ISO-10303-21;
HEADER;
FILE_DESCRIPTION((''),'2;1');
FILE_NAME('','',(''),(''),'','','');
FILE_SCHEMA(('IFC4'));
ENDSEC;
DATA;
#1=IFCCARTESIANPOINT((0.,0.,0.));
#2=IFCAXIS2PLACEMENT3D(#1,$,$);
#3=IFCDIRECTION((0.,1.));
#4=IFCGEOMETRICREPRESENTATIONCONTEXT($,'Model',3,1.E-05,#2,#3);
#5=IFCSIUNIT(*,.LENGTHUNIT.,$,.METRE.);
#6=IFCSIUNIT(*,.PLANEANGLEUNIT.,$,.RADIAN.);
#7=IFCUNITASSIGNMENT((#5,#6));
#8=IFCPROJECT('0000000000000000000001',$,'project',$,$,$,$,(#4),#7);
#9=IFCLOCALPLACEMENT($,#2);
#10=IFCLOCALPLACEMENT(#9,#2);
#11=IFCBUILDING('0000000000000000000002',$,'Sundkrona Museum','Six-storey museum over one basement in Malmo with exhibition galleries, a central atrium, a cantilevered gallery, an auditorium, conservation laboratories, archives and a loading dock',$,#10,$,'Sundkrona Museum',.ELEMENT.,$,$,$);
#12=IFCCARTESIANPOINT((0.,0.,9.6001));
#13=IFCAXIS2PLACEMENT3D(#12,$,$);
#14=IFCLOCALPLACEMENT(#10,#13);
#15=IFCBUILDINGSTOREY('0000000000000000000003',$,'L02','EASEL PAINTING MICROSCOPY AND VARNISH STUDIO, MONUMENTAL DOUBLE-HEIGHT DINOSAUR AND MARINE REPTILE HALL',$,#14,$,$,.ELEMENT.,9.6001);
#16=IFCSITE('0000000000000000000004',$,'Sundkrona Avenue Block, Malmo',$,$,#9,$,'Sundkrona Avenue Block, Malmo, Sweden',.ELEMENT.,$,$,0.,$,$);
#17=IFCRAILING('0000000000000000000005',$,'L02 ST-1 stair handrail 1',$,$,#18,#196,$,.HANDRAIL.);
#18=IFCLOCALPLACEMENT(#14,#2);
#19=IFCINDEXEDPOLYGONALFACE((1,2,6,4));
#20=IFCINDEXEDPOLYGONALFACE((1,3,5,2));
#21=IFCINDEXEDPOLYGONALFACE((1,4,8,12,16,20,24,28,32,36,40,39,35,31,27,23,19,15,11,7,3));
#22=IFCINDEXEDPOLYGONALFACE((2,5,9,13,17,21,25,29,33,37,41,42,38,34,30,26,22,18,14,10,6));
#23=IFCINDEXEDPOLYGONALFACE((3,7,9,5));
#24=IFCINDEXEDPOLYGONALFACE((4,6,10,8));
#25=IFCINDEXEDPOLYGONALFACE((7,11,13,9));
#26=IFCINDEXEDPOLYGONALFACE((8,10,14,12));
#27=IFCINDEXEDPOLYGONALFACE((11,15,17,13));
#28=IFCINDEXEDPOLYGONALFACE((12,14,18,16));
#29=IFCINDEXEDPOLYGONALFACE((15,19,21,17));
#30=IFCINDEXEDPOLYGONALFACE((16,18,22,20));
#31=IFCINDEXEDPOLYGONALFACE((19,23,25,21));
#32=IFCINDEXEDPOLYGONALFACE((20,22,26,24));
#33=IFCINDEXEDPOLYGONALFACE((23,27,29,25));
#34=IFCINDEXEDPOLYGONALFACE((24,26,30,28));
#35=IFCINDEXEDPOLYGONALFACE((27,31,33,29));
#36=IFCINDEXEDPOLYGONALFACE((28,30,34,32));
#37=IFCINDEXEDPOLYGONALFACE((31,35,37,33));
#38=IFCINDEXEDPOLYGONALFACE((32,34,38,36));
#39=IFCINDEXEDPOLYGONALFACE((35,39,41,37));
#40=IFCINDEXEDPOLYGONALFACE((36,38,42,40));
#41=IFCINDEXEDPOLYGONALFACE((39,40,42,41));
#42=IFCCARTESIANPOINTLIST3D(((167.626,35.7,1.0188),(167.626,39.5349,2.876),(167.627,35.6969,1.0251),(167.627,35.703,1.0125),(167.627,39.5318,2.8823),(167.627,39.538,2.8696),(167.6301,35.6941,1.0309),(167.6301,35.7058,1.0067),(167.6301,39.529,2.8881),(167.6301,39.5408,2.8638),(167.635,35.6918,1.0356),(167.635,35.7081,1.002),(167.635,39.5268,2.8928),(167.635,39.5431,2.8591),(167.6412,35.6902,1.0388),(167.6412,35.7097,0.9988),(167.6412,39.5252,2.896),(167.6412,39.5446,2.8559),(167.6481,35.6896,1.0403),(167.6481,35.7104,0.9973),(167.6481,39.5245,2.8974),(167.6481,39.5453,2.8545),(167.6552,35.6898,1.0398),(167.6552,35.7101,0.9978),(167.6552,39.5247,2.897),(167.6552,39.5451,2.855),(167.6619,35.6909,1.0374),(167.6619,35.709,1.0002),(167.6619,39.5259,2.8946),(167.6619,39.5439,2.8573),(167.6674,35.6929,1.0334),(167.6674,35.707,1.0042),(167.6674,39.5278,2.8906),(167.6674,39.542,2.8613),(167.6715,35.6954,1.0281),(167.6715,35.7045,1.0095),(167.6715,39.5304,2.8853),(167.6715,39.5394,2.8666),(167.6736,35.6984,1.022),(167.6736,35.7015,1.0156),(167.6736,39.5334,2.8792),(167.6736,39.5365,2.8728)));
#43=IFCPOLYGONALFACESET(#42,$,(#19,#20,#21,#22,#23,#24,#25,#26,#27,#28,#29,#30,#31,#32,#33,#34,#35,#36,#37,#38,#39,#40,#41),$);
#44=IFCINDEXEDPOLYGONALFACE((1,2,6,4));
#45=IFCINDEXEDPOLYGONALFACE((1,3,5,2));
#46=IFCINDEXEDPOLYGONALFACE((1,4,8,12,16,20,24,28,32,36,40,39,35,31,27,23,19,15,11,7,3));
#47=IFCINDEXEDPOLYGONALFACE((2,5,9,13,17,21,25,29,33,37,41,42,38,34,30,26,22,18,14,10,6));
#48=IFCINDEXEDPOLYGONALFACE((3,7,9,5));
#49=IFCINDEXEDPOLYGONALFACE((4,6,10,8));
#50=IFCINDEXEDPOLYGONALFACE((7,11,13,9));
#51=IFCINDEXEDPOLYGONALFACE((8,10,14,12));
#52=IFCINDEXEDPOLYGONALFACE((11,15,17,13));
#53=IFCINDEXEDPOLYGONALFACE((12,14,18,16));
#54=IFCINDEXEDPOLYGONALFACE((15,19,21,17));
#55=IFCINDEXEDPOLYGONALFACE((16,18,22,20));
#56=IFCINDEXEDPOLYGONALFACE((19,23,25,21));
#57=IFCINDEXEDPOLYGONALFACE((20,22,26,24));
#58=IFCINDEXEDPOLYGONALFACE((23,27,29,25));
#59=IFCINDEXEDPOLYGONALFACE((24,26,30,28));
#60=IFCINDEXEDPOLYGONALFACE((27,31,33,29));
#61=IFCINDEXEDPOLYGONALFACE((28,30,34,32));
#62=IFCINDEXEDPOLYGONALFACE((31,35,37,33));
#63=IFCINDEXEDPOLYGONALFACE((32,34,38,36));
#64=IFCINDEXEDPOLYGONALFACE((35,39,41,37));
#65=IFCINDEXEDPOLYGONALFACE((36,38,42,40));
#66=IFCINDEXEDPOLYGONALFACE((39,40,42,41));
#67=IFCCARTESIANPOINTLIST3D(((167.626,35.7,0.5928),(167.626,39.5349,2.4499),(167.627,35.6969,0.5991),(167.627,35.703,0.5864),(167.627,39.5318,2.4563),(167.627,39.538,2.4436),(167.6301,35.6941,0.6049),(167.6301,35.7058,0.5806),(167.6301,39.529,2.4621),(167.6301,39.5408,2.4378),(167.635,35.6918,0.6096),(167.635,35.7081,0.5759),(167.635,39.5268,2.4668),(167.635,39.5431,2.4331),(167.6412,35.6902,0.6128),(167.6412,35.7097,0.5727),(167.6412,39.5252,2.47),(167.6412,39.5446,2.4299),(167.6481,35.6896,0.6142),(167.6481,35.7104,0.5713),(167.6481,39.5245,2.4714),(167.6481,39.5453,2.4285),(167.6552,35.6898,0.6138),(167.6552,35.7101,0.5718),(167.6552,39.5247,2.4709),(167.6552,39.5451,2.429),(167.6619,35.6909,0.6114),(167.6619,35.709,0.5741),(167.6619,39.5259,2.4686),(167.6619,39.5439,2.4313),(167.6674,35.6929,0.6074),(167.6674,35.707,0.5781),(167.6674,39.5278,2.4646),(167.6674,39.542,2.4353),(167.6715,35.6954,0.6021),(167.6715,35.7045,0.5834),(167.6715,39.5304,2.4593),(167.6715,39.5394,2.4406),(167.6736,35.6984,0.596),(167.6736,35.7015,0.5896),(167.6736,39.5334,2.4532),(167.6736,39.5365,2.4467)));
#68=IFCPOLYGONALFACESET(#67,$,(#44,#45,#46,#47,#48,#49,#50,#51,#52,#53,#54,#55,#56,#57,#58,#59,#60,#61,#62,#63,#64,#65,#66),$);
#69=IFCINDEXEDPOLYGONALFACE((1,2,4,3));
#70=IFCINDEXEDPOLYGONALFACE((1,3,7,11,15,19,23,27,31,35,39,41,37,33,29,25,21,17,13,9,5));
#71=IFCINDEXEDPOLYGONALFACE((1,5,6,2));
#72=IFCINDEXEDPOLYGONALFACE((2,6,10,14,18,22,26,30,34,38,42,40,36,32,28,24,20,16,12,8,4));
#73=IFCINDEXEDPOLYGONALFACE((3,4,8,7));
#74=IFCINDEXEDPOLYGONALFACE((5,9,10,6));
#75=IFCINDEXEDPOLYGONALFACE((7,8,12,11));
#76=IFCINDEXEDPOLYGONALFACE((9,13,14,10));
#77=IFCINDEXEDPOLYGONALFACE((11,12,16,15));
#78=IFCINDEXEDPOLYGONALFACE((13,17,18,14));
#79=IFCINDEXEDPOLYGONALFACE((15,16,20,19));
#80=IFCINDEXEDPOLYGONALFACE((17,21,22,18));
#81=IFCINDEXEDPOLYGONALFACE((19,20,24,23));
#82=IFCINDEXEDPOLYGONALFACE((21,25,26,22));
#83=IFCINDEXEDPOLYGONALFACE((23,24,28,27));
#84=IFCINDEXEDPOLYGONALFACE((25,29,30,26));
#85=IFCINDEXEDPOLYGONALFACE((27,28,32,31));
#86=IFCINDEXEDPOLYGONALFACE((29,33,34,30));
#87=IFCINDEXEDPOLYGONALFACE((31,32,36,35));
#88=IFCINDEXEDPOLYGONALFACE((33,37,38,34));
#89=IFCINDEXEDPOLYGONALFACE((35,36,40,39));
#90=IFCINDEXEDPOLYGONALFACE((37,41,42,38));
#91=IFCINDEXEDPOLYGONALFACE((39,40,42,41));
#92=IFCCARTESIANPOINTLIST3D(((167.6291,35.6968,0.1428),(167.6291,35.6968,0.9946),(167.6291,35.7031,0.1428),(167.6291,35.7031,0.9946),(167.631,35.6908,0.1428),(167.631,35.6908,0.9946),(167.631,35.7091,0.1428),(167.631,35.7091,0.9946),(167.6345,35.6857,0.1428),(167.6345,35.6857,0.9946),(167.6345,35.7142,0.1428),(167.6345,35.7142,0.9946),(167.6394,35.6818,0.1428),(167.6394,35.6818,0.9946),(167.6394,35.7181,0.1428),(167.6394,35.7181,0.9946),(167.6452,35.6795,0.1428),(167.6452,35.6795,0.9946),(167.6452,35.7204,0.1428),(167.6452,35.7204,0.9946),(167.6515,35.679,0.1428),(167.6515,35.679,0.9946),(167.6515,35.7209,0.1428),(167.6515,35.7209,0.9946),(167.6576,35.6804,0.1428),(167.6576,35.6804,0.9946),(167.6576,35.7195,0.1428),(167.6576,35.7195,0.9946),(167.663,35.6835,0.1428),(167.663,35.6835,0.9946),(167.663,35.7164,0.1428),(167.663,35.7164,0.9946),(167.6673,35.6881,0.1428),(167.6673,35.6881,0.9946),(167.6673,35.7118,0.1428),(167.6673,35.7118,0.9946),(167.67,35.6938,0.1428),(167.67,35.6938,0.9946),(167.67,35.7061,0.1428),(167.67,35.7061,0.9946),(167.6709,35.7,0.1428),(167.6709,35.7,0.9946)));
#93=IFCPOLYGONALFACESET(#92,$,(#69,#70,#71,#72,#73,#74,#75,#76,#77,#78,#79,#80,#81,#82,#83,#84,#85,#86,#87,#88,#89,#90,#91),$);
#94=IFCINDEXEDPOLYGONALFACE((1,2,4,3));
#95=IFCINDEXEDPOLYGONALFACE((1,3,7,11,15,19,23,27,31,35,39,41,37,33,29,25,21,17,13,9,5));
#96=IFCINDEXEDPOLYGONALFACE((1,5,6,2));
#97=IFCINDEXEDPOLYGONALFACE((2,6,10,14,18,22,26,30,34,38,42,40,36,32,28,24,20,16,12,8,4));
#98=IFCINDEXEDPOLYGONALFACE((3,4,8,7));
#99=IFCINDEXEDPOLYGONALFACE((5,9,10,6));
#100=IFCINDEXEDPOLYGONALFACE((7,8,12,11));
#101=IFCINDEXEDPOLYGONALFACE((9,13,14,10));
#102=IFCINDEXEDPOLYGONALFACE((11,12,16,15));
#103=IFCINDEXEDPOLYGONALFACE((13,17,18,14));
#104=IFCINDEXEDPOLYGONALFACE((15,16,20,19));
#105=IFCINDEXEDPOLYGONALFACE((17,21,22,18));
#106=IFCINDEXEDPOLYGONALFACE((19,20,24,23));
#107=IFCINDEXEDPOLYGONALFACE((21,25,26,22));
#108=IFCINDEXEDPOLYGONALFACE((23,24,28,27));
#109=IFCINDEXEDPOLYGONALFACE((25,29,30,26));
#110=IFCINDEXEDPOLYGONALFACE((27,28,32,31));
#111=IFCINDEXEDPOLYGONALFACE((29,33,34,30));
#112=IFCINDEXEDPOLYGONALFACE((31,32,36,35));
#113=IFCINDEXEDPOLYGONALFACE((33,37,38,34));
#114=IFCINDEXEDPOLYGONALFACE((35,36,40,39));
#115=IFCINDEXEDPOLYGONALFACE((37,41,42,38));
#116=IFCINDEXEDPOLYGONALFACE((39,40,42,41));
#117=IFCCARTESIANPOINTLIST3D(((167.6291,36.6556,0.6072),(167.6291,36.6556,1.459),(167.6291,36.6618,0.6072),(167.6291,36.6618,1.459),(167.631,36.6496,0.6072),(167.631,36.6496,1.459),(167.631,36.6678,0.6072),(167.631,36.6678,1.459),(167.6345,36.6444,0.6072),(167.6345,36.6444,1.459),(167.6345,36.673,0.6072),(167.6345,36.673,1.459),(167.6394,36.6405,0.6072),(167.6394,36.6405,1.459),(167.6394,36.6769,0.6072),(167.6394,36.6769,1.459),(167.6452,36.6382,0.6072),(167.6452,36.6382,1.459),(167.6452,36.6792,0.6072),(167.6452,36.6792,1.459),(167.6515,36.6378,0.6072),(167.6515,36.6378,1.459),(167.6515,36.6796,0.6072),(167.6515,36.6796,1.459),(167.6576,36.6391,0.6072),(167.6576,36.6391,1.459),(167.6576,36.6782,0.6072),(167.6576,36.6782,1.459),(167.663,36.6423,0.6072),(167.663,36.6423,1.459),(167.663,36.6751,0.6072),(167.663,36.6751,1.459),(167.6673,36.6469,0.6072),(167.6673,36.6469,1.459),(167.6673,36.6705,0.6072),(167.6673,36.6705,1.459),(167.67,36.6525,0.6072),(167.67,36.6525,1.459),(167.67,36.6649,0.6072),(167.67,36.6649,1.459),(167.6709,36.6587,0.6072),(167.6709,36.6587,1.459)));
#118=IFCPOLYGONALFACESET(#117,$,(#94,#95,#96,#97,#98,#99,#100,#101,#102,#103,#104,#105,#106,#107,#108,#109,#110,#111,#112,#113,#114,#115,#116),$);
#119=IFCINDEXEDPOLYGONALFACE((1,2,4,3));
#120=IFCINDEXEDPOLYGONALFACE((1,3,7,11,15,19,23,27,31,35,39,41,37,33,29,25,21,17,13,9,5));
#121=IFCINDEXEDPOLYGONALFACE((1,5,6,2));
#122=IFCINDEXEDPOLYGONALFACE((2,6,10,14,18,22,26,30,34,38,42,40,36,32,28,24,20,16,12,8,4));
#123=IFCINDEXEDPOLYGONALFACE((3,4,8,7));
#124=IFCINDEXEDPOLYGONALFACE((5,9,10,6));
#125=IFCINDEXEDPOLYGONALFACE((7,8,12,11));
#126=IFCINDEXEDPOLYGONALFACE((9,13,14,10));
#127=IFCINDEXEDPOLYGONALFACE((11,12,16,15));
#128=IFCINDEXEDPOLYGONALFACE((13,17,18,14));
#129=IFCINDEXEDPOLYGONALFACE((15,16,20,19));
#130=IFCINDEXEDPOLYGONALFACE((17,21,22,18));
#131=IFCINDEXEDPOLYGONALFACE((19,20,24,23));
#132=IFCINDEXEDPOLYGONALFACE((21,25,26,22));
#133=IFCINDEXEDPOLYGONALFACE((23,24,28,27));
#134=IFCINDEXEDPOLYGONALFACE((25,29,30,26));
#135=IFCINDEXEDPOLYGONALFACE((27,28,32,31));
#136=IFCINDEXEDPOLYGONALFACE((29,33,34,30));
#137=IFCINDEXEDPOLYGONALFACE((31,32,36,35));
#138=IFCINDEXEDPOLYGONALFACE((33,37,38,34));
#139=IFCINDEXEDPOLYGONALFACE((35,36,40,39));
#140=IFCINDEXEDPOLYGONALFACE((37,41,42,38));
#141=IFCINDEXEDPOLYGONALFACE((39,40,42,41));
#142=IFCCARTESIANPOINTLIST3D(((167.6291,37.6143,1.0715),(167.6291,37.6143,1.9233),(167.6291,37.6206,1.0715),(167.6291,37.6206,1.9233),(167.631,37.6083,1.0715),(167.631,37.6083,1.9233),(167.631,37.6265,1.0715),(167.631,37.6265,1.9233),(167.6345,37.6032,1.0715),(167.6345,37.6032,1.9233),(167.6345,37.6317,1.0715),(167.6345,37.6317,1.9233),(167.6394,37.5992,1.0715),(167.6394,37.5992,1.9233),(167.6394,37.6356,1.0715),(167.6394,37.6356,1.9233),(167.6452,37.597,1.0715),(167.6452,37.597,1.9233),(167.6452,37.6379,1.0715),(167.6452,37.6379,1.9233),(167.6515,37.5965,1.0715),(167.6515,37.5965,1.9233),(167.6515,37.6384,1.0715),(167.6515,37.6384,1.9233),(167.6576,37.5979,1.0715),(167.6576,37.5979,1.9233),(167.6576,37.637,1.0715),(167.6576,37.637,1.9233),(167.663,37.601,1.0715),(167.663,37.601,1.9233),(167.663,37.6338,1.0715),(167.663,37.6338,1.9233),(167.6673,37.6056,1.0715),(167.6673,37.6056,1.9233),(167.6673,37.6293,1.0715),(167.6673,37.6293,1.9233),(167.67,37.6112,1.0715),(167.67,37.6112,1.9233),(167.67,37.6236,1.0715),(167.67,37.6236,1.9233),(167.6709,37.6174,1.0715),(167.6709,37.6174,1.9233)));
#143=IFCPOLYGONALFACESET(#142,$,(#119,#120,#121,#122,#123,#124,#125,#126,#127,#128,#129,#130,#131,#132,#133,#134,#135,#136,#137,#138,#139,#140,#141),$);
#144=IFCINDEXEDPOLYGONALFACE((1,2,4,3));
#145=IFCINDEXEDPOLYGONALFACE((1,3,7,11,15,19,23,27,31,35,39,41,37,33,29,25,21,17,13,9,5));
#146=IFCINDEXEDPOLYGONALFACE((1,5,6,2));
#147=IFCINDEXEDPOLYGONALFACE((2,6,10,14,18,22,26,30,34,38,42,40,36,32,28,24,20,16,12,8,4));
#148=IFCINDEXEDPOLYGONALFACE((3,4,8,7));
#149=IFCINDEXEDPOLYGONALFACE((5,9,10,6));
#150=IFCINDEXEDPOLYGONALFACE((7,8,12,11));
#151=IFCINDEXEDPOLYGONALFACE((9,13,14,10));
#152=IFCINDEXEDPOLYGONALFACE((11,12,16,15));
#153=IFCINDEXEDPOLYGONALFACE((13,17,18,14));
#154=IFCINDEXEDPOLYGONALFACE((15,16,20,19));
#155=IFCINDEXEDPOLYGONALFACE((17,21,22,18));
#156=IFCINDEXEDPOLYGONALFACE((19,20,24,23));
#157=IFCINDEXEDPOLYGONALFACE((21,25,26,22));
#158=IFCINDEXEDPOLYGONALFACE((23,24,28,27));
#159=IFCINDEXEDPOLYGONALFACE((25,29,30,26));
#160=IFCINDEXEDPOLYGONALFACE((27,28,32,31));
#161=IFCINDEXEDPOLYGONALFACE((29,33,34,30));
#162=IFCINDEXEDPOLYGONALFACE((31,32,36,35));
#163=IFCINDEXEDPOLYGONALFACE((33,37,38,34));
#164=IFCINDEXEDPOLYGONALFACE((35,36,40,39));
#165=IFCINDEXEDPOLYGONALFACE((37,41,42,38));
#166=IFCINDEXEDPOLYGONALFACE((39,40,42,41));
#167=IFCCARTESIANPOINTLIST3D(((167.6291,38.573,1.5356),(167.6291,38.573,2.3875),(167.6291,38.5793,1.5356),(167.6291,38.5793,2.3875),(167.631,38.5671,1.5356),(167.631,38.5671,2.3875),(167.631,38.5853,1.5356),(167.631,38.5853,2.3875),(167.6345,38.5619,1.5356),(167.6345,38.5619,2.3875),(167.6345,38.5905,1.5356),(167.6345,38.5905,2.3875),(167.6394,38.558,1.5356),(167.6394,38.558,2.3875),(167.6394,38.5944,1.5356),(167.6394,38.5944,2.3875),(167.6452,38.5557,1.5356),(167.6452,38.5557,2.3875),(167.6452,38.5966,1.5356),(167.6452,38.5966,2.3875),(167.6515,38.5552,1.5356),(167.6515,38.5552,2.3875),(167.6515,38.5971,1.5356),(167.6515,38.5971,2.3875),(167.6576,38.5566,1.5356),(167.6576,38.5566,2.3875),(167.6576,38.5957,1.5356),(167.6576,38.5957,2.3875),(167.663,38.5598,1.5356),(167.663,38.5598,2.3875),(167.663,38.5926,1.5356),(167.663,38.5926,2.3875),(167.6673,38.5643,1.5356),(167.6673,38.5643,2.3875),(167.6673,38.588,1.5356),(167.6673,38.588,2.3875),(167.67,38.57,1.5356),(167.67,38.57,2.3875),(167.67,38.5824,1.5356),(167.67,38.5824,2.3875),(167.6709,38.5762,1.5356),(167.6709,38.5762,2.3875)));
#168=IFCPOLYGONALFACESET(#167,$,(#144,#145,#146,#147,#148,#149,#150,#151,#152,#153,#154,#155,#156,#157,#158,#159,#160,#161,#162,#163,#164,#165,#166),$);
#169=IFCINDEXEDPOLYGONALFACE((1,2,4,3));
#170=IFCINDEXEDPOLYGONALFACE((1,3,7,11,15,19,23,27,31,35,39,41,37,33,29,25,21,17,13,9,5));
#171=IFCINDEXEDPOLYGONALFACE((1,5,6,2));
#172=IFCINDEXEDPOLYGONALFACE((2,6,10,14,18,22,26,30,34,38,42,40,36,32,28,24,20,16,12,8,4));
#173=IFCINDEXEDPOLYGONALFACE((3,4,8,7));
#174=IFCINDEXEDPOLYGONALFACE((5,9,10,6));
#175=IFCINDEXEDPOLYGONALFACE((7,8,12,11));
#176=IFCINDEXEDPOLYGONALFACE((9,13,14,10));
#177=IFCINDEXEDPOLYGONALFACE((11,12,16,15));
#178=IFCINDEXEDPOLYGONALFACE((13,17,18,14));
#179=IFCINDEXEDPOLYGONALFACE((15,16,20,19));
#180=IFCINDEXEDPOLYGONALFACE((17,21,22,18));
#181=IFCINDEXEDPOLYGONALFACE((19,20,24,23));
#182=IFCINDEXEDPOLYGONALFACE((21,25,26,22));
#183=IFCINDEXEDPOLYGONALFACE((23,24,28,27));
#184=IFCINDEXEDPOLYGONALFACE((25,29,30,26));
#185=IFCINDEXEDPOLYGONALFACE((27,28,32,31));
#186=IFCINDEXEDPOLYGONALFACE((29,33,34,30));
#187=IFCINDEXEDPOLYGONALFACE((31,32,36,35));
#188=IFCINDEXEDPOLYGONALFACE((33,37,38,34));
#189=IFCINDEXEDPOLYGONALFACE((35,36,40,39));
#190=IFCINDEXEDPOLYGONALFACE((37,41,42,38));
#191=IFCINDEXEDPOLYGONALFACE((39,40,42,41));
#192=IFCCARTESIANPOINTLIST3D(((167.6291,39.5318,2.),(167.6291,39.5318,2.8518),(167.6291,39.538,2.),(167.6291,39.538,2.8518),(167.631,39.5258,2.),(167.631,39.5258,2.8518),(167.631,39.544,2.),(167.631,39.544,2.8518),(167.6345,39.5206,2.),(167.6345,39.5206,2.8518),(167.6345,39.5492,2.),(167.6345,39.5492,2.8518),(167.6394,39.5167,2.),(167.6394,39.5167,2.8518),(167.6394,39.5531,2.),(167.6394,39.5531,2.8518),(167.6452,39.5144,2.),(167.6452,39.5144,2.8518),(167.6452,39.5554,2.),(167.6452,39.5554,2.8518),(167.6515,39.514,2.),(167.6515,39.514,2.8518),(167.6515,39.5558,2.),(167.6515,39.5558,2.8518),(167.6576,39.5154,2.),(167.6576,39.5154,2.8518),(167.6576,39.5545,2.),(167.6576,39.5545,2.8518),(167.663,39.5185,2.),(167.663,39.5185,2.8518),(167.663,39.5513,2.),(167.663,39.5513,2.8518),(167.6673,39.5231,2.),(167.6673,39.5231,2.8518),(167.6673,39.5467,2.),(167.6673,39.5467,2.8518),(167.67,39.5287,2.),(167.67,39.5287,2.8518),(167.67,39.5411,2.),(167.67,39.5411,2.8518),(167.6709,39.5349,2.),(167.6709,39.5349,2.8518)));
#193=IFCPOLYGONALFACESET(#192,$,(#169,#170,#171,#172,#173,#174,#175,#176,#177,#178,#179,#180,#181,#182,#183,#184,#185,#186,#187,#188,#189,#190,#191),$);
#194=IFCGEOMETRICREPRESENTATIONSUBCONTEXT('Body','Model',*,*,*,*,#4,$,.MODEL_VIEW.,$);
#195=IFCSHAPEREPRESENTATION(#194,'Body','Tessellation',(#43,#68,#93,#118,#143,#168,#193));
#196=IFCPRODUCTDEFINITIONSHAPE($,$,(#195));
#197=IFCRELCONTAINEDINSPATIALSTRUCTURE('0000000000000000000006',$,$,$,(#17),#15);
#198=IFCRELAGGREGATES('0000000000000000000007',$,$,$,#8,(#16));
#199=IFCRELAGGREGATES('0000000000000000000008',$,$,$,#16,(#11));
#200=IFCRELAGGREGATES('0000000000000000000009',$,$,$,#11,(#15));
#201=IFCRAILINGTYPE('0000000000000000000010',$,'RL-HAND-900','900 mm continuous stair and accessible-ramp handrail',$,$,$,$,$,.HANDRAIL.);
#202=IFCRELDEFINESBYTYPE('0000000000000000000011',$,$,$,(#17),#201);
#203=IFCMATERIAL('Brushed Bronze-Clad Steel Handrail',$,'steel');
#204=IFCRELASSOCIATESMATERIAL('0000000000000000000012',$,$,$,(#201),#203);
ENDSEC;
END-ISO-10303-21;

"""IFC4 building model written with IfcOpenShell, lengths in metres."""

from ifc_helpers import new_model, si_unit, direction, frame, origin, origin_2d, place, context, subcontext, project, spatial, circle, extrude, material, type_object, element, save


model = new_model("IFC4")

# Units and contexts
model_context = context("Model", 3, precision=1e-05, world=origin(), true_north=direction((0.0, 1.0)))
body_context = subcontext(model_context, "Body", "Model", "MODEL_VIEW")
ifc_project = project(units=[si_unit("LENGTHUNIT", "METRE"), si_unit("PLANEANGLEUNIT", "RADIAN")], contexts=[model_context])

# Site, building, storey
site_placement = place(None, origin())
site = spatial("IfcSite", under=ifc_project, at=site_placement, Name="Sundkrona Avenue Block, Malmo", LongName="Sundkrona Avenue Block, Malmo, Sweden", CompositionType="ELEMENT", RefElevation=0.0)
building_placement = place(site_placement, origin())
building = spatial("IfcBuilding", under=site, at=building_placement, Name="Sundkrona Museum", Description="Six-storey museum over one basement in Malmo with exhibition galleries, a central atrium, a cantilevered gallery, an auditorium, conservation laboratories, archives and a loading dock", LongName="Sundkrona Museum", CompositionType="ELEMENT")
storey_placement = place(building_placement, frame((0.0, 0.0, 9.6001)))
storey = spatial("IfcBuildingStorey", under=building, at=storey_placement, Name="L02", Description="EASEL PAINTING MICROSCOPY AND VARNISH STUDIO, MONUMENTAL DOUBLE-HEIGHT DINOSAUR AND MARINE REPTILE HALL", CompositionType="ELEMENT", Elevation=9.6001)

# Railing
ifc_material_1 = material(Name="Brushed Bronze-Clad Steel Handrail", Category="steel")
railing_type_1 = type_object("IfcRailingType", Name="RL-HAND-900", Description="900 mm continuous stair and accessible-ramp handrail", PredefinedType="HANDRAIL", material=ifc_material_1)
for number, where, name in (
    (1, (167.6499, 35.7, 0.1428), "L02 ST-1 stair handrail 1"),
):
    element("IfcRailing", number, at=place(storey_placement, frame(where)), inside=storey, type_object=railing_type_1, Name=name, PredefinedType="HANDRAIL", context=body_context, shape_type="SweptSolid", body=[
        extrude(circle(Radius=0.0239, at=origin_2d()), frame((0.0, 0.0, 0.876), z_axis=(0.0, 0.900016, 0.435856), x_axis=(-1.0, 0.0, 0.0)), (0.0, 0.0, 1.0), 4.261),
        extrude(circle(Radius=0.0239, at=origin_2d()), frame((0.0, 0.0, 0.45), z_axis=(0.0, 0.900016, 0.435856), x_axis=(-1.0, 0.0, 0.0)), (0.0, 0.0, 1.0), 4.261),
        extrude(circle(Radius=0.021, at=origin_2d()), origin(), (0.0, 0.0, 1.0), 0.8518),
        extrude(circle(Radius=0.021, at=origin_2d()), frame((0.0, 0.9587, 0.4644)), (0.0, 0.0, 1.0), 0.8518),
        extrude(circle(Radius=0.021, at=origin_2d()), frame((0.0, 1.9175, 0.9287)), (0.0, 0.0, 1.0), 0.8518),
        extrude(circle(Radius=0.021, at=origin_2d()), frame((0.0, 2.8762, 1.3928)), (0.0, 0.0, 1.0), 0.8518),
        extrude(circle(Radius=0.021, at=origin_2d()), frame((0.0, 3.835, 1.8572)), (0.0, 0.0, 1.0), 0.8518),
    ])

save(model, "model.ifc")
